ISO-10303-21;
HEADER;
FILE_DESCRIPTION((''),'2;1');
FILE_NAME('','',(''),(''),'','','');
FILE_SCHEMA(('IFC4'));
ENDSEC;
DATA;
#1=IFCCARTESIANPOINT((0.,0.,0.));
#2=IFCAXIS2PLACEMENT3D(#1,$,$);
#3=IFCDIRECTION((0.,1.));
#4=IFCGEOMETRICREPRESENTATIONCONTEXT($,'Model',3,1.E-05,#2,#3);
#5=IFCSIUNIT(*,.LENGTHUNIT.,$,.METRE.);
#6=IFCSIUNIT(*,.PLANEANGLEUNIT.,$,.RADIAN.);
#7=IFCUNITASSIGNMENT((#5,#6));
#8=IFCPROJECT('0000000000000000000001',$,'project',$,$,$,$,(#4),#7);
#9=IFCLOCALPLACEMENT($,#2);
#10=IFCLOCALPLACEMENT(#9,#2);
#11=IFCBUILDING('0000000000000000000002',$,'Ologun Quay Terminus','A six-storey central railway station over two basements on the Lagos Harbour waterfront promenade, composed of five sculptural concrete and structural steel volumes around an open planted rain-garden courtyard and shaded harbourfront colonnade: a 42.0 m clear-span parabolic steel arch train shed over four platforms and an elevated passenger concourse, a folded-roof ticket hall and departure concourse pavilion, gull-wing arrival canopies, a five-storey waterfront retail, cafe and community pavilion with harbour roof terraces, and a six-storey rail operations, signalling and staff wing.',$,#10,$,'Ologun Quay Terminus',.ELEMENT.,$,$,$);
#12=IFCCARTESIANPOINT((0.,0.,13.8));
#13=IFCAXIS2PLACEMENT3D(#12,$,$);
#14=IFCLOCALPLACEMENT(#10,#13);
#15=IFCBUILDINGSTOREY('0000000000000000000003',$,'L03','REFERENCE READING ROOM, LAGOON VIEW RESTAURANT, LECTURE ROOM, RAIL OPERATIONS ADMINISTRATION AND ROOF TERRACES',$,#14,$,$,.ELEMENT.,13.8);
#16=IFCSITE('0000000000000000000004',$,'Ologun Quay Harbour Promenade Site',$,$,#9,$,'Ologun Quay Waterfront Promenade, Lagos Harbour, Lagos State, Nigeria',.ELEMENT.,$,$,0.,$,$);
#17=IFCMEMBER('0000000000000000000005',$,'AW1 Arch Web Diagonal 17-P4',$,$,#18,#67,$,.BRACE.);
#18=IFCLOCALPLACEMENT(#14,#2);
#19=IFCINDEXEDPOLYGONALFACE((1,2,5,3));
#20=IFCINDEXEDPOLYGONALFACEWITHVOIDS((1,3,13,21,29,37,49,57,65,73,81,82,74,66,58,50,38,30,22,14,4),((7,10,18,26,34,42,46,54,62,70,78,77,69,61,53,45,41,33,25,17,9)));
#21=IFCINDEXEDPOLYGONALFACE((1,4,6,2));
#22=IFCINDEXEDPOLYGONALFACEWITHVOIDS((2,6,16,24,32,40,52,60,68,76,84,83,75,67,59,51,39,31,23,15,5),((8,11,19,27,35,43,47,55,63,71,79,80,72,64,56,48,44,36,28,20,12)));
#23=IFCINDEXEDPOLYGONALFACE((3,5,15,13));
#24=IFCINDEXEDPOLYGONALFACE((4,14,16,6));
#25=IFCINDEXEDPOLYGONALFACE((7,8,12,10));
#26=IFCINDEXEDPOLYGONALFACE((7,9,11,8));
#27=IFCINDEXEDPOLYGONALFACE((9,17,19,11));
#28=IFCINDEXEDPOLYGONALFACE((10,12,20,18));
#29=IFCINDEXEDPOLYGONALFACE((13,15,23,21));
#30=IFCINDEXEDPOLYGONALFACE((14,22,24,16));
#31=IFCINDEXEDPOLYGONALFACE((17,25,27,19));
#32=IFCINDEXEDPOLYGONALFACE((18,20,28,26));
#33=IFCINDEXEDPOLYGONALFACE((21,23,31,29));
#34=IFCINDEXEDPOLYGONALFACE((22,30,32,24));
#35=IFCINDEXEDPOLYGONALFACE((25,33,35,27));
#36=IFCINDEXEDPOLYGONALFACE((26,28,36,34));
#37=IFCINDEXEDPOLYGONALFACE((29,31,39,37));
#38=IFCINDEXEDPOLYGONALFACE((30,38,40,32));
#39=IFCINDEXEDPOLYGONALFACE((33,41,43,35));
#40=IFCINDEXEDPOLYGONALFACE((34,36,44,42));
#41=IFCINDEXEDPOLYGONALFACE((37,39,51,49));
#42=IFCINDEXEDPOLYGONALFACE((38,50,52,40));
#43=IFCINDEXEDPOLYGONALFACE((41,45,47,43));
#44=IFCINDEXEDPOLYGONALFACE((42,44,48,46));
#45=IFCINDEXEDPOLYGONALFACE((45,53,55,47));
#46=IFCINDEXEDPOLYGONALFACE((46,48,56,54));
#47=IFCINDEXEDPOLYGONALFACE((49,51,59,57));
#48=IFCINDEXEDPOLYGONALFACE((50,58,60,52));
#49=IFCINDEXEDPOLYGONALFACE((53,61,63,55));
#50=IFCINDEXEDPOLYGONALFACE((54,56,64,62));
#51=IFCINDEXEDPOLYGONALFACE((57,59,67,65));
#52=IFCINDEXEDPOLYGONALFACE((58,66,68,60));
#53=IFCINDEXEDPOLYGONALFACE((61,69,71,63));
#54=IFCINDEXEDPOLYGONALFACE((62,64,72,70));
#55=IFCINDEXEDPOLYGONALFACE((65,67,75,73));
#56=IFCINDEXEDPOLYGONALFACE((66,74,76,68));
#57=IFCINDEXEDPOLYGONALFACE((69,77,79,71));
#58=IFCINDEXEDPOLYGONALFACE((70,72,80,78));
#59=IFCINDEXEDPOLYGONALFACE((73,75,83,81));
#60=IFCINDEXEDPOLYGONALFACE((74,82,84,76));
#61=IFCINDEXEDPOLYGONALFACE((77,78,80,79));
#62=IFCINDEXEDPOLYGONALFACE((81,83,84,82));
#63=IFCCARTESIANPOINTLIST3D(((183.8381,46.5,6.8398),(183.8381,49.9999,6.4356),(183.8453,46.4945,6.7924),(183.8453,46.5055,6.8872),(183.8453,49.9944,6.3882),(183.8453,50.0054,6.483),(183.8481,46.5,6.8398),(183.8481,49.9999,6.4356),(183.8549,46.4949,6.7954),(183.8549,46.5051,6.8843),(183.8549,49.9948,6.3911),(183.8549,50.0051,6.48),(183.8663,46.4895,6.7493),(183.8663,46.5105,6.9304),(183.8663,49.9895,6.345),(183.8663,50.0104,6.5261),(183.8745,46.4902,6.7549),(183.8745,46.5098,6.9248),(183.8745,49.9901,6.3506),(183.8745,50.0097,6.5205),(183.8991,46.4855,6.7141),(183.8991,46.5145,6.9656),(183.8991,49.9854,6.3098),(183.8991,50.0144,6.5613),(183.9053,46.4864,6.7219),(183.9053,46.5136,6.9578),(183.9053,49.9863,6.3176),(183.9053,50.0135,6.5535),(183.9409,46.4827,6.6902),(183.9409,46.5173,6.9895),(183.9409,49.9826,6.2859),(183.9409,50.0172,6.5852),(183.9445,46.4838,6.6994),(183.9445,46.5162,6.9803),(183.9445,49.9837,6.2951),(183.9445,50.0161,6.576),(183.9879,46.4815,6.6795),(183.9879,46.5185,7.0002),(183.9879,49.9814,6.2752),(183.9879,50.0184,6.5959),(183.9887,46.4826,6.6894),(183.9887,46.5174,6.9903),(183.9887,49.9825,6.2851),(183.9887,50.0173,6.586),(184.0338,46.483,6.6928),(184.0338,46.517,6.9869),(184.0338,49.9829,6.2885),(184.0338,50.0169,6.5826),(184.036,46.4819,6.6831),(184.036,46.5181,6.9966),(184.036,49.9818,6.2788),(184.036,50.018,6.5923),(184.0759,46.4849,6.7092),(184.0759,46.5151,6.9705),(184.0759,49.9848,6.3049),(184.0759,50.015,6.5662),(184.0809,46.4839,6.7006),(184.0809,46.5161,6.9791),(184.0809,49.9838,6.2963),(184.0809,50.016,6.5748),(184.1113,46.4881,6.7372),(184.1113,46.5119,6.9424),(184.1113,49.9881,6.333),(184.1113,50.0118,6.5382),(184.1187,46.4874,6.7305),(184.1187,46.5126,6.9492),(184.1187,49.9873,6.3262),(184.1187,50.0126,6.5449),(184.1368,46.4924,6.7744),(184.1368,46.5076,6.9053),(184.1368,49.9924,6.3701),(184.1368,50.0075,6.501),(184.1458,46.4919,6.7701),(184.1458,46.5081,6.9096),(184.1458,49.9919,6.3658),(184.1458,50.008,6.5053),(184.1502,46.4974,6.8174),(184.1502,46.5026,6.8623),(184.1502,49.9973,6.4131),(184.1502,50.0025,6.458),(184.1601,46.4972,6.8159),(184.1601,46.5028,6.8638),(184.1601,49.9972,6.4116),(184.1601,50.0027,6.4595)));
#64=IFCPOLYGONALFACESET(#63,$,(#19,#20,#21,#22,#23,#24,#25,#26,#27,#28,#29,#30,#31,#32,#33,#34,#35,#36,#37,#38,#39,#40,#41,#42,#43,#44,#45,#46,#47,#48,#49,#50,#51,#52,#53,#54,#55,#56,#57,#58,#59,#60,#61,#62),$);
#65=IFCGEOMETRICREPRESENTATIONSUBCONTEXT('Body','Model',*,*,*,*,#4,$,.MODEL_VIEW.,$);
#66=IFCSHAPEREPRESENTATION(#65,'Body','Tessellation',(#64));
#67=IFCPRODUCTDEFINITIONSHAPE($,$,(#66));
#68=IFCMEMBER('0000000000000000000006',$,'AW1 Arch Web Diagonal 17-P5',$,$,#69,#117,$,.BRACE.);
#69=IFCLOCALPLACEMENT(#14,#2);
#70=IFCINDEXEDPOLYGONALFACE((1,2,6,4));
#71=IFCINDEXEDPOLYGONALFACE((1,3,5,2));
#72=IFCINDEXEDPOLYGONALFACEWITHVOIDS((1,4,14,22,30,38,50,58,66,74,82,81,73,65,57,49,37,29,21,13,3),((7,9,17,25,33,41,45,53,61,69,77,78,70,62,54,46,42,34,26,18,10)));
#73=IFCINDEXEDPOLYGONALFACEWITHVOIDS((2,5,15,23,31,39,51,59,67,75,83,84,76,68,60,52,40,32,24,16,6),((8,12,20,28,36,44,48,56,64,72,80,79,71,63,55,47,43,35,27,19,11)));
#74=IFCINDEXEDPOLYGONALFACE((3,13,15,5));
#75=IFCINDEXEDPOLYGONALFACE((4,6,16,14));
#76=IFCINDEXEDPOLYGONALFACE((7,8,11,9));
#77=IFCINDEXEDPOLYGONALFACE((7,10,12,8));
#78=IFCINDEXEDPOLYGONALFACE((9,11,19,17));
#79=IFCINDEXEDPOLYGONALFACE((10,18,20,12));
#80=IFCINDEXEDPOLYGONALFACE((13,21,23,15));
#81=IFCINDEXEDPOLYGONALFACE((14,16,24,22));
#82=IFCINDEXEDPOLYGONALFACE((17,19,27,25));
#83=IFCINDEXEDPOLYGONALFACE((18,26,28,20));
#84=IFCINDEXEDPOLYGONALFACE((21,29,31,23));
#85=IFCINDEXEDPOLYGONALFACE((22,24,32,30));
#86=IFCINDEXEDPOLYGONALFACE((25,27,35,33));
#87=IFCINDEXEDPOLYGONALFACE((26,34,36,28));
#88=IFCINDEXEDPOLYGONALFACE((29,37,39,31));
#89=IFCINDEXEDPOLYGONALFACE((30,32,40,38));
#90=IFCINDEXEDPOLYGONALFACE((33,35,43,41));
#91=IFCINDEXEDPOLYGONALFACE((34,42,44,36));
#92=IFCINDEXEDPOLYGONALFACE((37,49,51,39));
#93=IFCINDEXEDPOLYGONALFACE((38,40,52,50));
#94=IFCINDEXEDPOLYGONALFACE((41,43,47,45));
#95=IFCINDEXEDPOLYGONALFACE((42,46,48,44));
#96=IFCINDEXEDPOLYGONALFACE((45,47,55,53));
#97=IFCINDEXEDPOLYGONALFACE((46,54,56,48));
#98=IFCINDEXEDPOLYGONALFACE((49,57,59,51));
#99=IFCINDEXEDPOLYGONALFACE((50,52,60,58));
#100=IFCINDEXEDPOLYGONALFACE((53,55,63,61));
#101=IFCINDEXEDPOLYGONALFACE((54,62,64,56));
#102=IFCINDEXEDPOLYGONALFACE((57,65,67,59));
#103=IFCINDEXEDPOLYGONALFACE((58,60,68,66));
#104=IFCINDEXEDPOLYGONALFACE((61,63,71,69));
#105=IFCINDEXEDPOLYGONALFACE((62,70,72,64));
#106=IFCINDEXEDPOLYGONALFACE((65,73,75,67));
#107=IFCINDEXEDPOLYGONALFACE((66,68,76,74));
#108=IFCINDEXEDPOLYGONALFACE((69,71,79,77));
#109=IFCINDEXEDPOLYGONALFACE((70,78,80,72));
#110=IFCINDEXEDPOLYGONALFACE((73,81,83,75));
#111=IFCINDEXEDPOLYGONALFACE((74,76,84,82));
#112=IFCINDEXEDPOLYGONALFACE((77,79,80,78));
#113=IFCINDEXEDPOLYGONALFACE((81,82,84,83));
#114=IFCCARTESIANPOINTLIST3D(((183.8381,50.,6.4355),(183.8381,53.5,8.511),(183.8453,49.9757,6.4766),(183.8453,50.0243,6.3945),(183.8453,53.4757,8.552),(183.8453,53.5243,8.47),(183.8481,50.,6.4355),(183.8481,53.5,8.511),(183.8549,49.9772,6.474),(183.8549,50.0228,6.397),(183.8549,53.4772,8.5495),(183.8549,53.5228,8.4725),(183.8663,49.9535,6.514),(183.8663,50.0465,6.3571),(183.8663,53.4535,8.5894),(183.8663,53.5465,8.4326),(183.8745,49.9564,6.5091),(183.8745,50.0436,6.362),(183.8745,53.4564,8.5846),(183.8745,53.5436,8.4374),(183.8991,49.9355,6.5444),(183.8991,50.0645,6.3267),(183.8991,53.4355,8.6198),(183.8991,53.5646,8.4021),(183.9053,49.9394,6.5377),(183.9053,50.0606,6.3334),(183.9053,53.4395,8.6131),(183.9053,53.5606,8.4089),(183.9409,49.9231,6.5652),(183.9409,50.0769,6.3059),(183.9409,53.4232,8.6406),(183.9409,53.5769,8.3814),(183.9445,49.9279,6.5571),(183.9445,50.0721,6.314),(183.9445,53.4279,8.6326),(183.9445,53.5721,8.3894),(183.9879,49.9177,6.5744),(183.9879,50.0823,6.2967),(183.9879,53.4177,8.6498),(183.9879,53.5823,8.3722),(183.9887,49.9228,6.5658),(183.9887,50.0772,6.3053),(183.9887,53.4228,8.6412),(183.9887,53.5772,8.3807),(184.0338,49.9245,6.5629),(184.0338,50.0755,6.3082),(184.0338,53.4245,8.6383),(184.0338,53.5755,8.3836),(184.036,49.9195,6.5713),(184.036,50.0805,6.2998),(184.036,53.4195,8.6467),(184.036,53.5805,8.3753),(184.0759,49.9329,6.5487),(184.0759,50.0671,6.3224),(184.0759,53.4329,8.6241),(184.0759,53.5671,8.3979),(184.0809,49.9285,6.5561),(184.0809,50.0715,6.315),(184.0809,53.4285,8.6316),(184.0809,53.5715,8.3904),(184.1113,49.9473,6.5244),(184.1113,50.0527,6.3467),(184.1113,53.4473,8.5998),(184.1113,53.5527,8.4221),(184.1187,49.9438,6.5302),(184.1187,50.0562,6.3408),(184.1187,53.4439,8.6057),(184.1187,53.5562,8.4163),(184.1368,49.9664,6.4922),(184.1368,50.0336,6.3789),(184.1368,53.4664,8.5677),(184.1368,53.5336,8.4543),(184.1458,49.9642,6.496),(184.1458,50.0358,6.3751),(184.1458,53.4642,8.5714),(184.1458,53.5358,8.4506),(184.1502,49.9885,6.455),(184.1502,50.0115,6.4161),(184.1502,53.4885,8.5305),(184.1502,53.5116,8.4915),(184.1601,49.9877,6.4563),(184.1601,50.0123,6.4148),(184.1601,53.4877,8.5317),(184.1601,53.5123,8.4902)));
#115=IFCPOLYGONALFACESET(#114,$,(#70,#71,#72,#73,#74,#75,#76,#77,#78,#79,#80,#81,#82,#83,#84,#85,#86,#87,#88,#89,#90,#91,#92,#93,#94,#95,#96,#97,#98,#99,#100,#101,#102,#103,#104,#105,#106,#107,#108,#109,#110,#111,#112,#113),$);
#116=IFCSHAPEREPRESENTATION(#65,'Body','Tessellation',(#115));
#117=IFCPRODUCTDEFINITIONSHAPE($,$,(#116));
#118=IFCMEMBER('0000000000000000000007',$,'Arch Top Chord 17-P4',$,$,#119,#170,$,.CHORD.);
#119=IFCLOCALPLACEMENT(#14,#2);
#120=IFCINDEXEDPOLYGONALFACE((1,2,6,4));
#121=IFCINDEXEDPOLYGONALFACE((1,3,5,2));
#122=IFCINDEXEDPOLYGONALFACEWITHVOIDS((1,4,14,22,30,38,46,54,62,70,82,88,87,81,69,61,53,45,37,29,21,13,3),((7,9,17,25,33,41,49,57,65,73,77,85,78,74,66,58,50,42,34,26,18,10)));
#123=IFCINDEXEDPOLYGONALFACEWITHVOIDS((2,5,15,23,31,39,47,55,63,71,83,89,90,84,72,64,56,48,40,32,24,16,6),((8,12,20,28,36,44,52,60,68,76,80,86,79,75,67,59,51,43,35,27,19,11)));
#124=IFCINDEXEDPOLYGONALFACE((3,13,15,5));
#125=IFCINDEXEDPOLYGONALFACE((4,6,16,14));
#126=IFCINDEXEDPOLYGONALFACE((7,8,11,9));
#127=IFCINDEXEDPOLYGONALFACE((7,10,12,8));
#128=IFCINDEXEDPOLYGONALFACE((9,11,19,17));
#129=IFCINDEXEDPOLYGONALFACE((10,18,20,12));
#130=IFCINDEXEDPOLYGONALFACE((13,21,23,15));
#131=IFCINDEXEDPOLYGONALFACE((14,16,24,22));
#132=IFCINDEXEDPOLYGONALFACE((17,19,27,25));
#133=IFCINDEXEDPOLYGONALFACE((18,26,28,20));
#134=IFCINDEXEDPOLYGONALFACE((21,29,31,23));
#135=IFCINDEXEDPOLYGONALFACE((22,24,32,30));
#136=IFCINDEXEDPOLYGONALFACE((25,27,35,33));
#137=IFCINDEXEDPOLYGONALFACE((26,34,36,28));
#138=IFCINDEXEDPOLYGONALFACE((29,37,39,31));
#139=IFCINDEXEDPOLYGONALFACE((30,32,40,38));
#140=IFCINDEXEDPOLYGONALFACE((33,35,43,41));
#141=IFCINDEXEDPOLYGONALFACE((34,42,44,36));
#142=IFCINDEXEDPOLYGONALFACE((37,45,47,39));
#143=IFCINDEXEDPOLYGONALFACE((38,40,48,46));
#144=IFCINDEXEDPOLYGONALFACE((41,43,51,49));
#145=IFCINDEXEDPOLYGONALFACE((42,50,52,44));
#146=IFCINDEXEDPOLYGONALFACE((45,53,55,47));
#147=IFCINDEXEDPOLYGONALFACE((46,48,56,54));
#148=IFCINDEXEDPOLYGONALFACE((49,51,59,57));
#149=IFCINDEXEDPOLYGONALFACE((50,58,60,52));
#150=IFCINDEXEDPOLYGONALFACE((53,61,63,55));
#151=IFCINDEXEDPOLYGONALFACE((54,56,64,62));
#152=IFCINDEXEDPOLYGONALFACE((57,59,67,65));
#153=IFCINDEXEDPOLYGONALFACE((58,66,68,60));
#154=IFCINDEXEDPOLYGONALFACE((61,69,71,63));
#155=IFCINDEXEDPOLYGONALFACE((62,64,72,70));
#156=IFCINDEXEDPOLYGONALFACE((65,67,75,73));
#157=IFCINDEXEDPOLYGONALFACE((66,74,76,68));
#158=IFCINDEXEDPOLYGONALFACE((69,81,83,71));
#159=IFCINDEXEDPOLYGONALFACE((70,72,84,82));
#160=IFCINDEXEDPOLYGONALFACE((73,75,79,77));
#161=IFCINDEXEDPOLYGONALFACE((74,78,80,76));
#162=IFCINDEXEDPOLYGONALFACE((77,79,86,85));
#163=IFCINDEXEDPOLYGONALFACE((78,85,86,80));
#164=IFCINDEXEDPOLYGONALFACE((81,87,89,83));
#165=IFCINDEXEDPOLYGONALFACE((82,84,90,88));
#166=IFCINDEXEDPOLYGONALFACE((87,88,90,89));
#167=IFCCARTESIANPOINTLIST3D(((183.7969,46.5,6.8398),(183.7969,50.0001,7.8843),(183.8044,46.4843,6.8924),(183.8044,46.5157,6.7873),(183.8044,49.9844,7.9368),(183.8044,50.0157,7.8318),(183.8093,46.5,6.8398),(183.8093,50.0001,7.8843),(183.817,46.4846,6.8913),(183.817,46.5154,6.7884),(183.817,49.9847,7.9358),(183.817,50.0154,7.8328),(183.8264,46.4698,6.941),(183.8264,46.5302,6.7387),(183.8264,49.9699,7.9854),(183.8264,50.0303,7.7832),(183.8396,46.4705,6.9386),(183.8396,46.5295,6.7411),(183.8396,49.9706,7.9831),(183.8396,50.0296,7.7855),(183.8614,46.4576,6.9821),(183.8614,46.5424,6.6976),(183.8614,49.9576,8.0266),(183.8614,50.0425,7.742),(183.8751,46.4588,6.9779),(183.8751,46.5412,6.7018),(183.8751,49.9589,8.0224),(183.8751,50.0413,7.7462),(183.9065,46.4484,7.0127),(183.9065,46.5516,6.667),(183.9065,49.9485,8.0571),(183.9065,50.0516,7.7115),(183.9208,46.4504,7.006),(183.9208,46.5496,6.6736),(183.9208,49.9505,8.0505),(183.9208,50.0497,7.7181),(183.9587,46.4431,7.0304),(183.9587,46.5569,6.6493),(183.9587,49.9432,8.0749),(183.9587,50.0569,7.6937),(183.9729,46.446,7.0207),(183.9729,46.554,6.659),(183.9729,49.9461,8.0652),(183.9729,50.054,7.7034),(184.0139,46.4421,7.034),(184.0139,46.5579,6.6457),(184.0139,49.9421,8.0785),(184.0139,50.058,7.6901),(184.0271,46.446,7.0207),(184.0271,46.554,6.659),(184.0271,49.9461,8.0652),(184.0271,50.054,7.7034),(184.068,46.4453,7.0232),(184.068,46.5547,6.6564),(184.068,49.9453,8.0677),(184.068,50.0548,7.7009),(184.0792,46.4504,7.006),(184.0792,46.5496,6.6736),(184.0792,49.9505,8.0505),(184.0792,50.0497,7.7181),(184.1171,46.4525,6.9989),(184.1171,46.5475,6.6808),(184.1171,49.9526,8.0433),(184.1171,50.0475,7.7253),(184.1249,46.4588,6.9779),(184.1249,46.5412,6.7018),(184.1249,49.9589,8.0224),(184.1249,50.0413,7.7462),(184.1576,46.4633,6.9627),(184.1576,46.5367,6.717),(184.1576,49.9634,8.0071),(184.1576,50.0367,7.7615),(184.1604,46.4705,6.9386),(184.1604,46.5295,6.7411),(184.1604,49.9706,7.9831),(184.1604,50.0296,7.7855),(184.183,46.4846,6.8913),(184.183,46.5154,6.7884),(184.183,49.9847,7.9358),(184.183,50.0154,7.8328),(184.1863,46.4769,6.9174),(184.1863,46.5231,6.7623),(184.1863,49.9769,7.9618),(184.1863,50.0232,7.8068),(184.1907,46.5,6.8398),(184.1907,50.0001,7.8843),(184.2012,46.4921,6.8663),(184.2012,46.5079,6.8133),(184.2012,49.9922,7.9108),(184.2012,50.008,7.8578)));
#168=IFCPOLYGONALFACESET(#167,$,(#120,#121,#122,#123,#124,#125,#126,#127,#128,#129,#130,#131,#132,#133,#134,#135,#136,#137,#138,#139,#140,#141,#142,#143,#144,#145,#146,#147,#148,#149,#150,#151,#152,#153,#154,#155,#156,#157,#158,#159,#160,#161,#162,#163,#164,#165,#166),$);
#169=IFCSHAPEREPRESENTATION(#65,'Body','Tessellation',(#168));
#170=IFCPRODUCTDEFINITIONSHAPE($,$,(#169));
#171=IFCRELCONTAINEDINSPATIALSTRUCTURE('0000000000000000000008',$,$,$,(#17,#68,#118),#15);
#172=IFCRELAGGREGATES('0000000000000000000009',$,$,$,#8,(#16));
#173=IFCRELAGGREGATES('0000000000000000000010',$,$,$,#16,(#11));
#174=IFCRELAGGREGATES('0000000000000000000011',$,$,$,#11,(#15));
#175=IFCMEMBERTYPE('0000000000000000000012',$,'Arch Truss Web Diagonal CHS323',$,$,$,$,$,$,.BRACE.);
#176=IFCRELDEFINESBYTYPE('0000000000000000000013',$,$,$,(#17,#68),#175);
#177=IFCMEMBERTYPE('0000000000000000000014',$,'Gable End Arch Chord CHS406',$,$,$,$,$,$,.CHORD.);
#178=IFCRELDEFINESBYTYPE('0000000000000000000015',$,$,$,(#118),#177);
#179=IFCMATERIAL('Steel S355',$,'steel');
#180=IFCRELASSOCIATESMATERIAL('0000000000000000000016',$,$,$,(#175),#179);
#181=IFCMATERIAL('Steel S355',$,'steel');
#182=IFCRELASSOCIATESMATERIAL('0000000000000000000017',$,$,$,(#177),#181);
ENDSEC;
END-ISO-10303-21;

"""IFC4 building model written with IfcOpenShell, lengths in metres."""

from ifc_helpers import new_model, si_unit, direction, frame, origin, origin_2d, place, context, subcontext, project, spatial, hollow_circle, extrude, material, material_profile, profile_set, type_object, element, save


model = new_model("IFC4")

# Units and contexts
model_context = context("Model", 3, precision=1e-05, world=origin(), true_north=direction((0.0, 1.0)))
body_context = subcontext(model_context, "Body", "Model", "MODEL_VIEW")
ifc_project = project(units=[si_unit("LENGTHUNIT", "METRE"), si_unit("PLANEANGLEUNIT", "RADIAN")], contexts=[model_context])

# Site, building, storey
site_placement = place(None, origin())
site = spatial("IfcSite", under=ifc_project, at=site_placement, Name="Ologun Quay Harbour Promenade Site", LongName="Ologun Quay Waterfront Promenade, Lagos Harbour, Lagos State, Nigeria", CompositionType="ELEMENT", RefElevation=0.0)
building_placement = place(site_placement, origin())
building = spatial("IfcBuilding", under=site, at=building_placement, Name="Ologun Quay Terminus", Description="A six-storey central railway station over two basements on the Lagos Harbour waterfront promenade, composed of five sculptural concrete and structural steel volumes around an open planted rain-garden courtyard and shaded harbourfront colonnade: a 42.0 m clear-span parabolic steel arch train shed over four platforms and an elevated passenger concourse, a folded-roof ticket hall and departure concourse pavilion, gull-wing arrival canopies, a five-storey waterfront retail, cafe and community pavilion with harbour roof terraces, and a six-storey rail operations, signalling and staff wing.", LongName="Ologun Quay Terminus", CompositionType="ELEMENT")
storey_placement = place(building_placement, frame((0.0, 0.0, 13.8)))
storey = spatial("IfcBuildingStorey", under=building, at=storey_placement, Name="L03", Description="REFERENCE READING ROOM, LAGOON VIEW RESTAURANT, LECTURE ROOM, RAIL OPERATIONS ADMINISTRATION AND ROOF TERRACES", CompositionType="ELEMENT", Elevation=13.8)

# Members
ifc_material_1 = material(Name="Steel S355", Category="steel")
ifc_material_profile_1 = material_profile(ifc_material_1, hollow_circle(Radius=0.1619, WallThickness=0.01, at=origin_2d()), Name="CHS 323.9x10")
ifc_profile_set_1 = profile_set([ifc_material_profile_1], Name="Steel S355")
member_type_1 = type_object("IfcMemberType", Name="Arch Truss Web Diagonal CHS323", PredefinedType="BRACE", material=ifc_profile_set_1)
member_1_placement = place(storey_placement, frame((184.0, 46.5, 6.8398), z_axis=(0.0, 0.993394, -0.11475), x_axis=(-1.0, 0.0, 0.0)))
element("IfcMember", 1, at=member_1_placement, inside=storey, type_object=member_type_1, Name="AW1 Arch Web Diagonal 17-P4", PredefinedType="BRACE", context=body_context, shape_type="SweptSolid", body=[
    extrude(hollow_circle(Radius=0.1619, WallThickness=0.01, at=origin_2d()), origin(), (0.0, 0.0, 1.0), 3.5232),
])
member_2_placement = place(storey_placement, frame((184.0, 50.0, 6.4355), z_axis=(0.0, 0.860144, 0.510051), x_axis=(-1.0, 0.0, 0.0)))
element("IfcMember", 2, at=member_2_placement, inside=storey, type_object=member_type_1, Name="AW1 Arch Web Diagonal 17-P5", PredefinedType="BRACE", context=body_context, shape_type="SweptSolid", body=[
    extrude(hollow_circle(Radius=0.1619, WallThickness=0.01, at=origin_2d()), origin(), (0.0, 0.0, 1.0), 4.0691),
])
ifc_material_2 = material(Name="Steel S355", Category="steel")
ifc_material_profile_2 = material_profile(ifc_material_2, hollow_circle(Radius=0.2031, WallThickness=0.0125, at=origin_2d()), Name="CHS 406.4x12.5")
ifc_profile_set_2 = profile_set([ifc_material_profile_2], Name="Steel S355")
member_type_2 = type_object("IfcMemberType", Name="Gable End Arch Chord CHS406", PredefinedType="CHORD", material=ifc_profile_set_2)
member_3_placement = place(storey_placement, frame((184.0, 46.5, 6.8398), z_axis=(0.0, 0.958245, 0.285949), x_axis=(-1.0, 0.0, 0.0)))
element("IfcMember", 3, at=member_3_placement, inside=storey, type_object=member_type_2, Name="Arch Top Chord 17-P4", PredefinedType="CHORD", context=body_context, shape_type="SweptSolid", body=[
    extrude(hollow_circle(Radius=0.2031, WallThickness=0.0125, at=origin_2d()), origin(), (0.0, 0.0, 1.0), 3.6526),
])

save(model, "model.ifc")
